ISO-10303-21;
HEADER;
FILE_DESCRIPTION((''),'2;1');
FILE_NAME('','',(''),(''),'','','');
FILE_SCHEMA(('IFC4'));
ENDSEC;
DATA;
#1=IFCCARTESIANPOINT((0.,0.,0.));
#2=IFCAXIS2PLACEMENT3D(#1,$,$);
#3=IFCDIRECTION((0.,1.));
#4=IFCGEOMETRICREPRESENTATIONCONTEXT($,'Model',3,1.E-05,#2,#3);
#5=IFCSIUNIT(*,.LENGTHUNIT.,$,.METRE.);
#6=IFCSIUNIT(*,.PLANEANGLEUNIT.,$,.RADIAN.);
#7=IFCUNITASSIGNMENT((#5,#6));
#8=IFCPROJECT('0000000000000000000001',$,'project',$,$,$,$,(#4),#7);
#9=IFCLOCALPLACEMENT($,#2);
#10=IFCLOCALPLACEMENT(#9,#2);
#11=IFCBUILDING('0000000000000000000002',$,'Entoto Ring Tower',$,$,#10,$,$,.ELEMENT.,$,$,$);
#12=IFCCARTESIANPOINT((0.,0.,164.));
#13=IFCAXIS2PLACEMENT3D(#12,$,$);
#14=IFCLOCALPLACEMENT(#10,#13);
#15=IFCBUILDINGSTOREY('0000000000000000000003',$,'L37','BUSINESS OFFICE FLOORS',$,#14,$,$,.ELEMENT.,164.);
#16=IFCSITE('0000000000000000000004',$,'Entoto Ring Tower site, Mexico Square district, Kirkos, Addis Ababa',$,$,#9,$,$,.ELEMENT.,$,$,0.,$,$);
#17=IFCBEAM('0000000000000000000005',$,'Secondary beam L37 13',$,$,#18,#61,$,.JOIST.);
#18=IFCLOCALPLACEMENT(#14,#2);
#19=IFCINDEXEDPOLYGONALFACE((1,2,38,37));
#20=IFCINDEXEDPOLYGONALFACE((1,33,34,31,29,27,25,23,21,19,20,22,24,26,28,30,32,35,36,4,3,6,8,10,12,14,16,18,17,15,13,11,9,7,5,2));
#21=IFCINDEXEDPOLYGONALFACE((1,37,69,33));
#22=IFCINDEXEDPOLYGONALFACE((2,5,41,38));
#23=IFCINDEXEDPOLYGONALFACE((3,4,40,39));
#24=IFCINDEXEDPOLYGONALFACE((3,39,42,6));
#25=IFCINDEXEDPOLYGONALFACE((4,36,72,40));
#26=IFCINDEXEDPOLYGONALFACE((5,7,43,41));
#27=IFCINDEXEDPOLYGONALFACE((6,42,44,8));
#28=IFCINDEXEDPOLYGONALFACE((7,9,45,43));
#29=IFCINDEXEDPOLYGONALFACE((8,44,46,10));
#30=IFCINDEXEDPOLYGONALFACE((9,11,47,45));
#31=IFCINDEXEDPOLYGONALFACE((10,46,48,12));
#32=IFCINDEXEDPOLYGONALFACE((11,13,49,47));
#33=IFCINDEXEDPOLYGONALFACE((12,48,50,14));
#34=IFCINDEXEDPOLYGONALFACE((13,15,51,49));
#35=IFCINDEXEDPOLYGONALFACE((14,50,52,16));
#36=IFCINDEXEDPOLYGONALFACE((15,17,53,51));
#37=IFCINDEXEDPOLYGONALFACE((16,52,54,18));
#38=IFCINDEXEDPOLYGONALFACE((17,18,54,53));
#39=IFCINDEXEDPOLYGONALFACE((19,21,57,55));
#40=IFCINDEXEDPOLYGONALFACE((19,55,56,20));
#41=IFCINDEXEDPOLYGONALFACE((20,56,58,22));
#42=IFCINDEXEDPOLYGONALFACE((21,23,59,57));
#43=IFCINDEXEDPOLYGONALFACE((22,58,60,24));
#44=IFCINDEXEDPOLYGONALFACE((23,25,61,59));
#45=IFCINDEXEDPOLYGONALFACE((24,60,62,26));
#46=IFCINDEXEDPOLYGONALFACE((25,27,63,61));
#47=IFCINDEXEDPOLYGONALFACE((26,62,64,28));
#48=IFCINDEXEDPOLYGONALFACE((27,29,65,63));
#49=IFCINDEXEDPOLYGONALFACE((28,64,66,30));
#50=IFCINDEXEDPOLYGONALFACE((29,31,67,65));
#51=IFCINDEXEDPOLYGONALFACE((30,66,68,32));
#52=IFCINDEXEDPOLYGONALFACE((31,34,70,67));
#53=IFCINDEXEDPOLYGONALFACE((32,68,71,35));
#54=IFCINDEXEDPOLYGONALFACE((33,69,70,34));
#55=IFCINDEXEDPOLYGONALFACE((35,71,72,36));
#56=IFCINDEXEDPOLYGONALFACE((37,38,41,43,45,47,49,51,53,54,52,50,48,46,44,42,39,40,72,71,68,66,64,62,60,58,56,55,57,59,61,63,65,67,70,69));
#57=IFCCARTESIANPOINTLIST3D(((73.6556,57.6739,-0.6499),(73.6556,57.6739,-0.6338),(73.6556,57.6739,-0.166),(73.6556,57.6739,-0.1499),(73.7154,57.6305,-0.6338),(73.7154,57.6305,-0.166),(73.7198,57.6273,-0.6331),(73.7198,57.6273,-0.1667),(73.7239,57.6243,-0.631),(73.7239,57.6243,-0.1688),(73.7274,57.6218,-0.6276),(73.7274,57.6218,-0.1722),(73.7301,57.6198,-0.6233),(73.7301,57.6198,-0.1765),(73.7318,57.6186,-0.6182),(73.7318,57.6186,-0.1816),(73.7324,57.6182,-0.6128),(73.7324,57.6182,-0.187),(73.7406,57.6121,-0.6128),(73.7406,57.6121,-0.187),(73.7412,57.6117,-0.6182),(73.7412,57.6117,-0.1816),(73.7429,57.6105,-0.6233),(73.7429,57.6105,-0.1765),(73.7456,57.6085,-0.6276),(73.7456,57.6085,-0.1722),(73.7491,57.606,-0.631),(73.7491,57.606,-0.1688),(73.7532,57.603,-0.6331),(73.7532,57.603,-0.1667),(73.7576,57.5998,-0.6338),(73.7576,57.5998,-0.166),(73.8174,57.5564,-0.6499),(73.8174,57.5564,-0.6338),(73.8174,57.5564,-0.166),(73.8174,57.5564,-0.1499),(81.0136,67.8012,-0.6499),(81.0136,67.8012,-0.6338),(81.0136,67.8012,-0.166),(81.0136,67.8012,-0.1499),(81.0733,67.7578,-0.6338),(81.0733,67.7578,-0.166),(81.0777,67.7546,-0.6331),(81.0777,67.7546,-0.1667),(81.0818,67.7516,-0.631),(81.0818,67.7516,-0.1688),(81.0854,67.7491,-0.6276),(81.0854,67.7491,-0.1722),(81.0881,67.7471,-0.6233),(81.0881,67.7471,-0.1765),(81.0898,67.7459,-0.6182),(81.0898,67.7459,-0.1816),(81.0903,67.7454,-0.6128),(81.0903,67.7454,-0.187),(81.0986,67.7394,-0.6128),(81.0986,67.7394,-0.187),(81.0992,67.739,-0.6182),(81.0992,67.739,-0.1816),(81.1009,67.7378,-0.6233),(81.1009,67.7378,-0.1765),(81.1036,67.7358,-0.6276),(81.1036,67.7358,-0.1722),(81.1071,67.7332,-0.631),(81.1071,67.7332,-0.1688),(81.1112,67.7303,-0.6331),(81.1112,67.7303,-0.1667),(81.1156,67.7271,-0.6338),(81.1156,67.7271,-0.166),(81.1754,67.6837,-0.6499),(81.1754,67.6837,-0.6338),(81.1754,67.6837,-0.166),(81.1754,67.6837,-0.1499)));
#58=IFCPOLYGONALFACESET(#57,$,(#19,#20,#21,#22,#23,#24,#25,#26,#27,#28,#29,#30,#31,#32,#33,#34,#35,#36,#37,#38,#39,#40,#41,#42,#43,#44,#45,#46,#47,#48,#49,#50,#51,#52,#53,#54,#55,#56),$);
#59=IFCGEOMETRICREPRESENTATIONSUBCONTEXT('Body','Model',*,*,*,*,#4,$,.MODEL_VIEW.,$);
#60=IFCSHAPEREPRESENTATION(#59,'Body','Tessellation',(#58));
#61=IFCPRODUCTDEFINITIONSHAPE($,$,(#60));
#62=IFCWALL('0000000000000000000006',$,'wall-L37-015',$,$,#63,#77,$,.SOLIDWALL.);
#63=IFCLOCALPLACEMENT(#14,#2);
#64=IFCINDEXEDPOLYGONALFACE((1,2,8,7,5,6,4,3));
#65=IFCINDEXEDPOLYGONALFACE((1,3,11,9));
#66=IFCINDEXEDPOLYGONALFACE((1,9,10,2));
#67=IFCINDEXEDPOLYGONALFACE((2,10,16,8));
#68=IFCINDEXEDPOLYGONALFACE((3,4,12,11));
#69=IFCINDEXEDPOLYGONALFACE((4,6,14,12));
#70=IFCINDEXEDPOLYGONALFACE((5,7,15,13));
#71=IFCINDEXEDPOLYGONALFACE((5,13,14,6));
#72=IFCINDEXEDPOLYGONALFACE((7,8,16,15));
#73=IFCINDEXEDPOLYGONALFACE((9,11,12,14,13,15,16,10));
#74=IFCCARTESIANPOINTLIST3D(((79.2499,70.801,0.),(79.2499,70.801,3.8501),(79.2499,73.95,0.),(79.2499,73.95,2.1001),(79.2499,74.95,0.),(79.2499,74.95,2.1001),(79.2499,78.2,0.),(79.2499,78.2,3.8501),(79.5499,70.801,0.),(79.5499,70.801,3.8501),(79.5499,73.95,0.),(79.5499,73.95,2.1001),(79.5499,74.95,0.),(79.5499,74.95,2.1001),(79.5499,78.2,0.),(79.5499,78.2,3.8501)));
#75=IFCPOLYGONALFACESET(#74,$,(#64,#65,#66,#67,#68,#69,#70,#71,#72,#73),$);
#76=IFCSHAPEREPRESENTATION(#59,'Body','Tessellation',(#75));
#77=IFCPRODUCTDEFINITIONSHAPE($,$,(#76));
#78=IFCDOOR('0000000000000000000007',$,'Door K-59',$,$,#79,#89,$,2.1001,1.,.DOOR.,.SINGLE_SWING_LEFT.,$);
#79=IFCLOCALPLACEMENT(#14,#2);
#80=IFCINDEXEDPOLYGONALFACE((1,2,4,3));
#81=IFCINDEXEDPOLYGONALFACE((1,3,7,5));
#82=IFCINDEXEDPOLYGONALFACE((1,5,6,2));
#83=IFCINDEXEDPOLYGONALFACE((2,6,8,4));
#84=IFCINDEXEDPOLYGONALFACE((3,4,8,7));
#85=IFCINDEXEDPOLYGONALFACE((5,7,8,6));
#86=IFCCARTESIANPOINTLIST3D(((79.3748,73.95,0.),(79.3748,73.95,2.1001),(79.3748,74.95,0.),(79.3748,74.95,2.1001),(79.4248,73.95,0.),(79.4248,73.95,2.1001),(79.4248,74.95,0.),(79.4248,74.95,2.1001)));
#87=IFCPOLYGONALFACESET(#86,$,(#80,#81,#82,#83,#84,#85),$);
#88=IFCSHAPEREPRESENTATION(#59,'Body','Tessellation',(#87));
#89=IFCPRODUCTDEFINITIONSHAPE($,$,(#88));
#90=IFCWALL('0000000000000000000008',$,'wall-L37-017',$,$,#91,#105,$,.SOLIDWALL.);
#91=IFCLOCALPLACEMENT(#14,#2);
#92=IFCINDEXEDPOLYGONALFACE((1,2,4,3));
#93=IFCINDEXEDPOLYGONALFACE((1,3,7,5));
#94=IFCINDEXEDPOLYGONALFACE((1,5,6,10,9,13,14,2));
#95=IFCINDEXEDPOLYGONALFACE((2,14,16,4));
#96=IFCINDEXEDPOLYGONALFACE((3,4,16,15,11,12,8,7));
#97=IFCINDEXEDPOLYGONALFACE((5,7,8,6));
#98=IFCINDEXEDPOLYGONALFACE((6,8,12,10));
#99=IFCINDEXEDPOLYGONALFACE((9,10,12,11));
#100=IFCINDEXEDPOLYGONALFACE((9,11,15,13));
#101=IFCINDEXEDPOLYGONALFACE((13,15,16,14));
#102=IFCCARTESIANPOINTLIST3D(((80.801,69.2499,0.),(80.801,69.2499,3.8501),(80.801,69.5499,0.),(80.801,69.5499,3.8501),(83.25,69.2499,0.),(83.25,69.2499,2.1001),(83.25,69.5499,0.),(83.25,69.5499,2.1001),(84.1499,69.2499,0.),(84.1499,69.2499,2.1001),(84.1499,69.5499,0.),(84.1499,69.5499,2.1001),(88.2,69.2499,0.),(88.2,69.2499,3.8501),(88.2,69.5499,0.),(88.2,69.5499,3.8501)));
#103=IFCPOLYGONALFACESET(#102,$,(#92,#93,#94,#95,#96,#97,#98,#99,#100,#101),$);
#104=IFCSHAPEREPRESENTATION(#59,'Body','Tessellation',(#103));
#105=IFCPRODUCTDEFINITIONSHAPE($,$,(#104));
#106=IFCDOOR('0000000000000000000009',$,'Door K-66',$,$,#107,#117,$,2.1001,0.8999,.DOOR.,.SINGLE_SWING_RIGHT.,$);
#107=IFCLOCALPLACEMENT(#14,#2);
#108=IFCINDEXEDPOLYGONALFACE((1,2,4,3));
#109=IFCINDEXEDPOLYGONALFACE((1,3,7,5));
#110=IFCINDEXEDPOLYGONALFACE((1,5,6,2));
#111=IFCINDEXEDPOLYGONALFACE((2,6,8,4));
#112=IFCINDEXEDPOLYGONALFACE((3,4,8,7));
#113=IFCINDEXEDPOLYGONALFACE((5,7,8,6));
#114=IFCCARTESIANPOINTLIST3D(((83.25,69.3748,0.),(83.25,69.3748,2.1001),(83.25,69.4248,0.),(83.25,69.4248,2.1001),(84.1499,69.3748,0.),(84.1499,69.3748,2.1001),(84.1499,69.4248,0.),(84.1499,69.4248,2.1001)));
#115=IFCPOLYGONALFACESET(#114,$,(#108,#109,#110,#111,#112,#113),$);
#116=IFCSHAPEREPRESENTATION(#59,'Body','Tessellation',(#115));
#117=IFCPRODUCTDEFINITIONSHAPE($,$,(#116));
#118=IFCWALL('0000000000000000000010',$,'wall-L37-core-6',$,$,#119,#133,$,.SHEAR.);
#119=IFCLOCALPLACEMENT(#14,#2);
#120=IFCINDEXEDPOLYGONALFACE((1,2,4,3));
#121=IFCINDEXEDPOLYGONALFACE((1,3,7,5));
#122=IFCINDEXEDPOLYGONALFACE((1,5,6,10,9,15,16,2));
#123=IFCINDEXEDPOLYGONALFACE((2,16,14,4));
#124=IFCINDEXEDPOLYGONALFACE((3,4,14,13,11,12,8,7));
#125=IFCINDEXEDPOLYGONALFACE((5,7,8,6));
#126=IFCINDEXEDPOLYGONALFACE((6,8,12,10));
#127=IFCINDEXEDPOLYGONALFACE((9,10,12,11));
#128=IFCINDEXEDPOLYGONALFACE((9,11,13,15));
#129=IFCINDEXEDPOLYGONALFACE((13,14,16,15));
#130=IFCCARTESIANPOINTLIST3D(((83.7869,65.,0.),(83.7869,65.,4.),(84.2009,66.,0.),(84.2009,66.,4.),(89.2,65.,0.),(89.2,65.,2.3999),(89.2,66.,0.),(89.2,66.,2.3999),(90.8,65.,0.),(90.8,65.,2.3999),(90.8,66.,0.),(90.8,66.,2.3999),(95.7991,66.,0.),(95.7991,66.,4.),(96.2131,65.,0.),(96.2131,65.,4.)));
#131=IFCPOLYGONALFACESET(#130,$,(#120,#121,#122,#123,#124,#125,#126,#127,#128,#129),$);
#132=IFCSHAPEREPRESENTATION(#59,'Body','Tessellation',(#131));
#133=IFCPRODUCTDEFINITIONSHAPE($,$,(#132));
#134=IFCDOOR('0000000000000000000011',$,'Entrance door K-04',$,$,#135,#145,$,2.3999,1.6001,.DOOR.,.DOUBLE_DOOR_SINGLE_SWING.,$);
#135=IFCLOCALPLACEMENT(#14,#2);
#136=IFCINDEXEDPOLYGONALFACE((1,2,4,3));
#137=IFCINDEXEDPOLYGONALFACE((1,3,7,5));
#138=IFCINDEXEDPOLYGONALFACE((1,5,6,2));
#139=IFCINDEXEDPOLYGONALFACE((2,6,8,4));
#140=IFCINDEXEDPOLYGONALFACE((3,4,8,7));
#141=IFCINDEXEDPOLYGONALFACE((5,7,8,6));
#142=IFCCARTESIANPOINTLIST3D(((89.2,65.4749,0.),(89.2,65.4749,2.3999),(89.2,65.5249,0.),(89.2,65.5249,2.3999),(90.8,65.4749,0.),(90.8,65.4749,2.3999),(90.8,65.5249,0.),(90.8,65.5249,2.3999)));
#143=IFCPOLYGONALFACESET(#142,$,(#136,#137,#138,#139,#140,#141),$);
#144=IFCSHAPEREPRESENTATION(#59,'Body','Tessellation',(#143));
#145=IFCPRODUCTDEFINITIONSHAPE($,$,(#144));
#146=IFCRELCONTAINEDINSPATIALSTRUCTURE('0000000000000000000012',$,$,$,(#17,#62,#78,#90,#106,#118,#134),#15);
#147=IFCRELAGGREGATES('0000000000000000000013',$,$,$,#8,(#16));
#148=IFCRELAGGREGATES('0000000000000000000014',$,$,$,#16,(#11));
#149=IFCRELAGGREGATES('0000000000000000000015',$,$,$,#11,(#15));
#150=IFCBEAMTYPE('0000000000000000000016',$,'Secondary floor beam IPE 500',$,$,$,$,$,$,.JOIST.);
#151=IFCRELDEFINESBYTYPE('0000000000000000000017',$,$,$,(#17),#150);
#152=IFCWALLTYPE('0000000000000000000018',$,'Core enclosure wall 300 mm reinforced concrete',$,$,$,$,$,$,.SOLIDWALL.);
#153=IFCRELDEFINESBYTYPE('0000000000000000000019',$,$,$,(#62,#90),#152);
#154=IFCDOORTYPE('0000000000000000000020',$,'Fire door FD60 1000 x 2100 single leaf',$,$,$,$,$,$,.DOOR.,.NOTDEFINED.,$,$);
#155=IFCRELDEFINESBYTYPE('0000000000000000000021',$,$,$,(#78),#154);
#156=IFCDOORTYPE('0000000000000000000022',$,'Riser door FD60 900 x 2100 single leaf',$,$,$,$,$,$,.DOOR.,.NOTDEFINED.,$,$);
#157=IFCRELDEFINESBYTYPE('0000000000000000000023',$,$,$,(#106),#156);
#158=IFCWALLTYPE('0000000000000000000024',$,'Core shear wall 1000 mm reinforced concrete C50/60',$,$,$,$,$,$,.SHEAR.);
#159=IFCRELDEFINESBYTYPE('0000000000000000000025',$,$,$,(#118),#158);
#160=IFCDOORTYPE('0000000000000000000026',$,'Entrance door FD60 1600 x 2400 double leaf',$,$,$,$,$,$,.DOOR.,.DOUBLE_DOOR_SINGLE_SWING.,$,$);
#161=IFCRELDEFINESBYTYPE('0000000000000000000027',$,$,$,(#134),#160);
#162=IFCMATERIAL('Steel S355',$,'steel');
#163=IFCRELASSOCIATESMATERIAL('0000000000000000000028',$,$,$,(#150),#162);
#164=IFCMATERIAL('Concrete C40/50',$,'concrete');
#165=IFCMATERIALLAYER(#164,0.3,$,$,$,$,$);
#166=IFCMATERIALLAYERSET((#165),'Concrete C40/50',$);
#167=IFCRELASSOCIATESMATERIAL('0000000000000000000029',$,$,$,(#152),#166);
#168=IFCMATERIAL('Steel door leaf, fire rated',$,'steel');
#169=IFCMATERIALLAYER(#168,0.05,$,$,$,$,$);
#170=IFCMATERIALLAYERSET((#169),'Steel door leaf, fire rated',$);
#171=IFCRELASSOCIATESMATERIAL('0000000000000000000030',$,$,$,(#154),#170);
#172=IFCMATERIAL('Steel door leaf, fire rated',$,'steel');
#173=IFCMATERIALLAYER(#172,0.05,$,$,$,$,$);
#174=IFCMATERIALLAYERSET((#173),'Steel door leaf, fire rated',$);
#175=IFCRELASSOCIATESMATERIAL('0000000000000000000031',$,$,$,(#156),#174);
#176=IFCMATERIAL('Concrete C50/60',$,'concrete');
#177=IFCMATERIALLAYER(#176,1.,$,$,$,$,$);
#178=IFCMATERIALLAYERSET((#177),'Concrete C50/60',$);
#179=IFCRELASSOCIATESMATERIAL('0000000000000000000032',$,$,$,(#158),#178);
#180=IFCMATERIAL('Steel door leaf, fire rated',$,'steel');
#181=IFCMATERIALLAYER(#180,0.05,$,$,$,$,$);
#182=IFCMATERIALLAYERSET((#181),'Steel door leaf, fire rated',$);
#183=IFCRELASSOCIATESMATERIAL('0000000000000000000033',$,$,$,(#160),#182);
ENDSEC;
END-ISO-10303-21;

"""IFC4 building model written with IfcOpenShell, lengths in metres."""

from ifc_helpers import new_model, si_unit, direction, frame, frame_2d, origin, origin_2d, place, context, subcontext, project, spatial, polyline, rectangle, i_section, outline, extrude, material, layer, layer_set, material_profile, profile_set, type_object, element, fill, save


model = new_model("IFC4")

# Units and contexts
model_context = context("Model", 3, precision=1e-05, world=origin(), true_north=direction((0.0, 1.0)))
body_context = subcontext(model_context, "Body", "Model", "MODEL_VIEW")
ifc_project = project(units=[si_unit("LENGTHUNIT", "METRE"), si_unit("PLANEANGLEUNIT", "RADIAN")], contexts=[model_context])

# Site, building, storey
site_placement = place(None, origin())
site = spatial("IfcSite", under=ifc_project, at=site_placement, Name="Entoto Ring Tower site, Mexico Square district, Kirkos, Addis Ababa", CompositionType="ELEMENT", RefElevation=0.0)
building_placement = place(site_placement, origin())
building = spatial("IfcBuilding", under=site, at=building_placement, Name="Entoto Ring Tower", CompositionType="ELEMENT")
storey_placement = place(building_placement, frame((0.0, 0.0, 164.0)))
storey = spatial("IfcBuildingStorey", under=building, at=storey_placement, Name="L37", Description="BUSINESS OFFICE FLOORS", CompositionType="ELEMENT", Elevation=164.0)

# Beam
ifc_material_1 = material(Name="Steel S355", Category="steel")
ifc_material_profile_1 = material_profile(ifc_material_1, i_section(OverallWidth=0.2, OverallDepth=0.5, WebThickness=0.0103, FlangeThickness=0.0161, FilletRadius=0.021, at=origin_2d()), Name="IPE 500")
ifc_profile_set_1 = profile_set([ifc_material_profile_1], Name="Steel S355")
beam_type_1 = type_object("IfcBeamType", Name="Secondary floor beam IPE 500", PredefinedType="JOIST", material=ifc_profile_set_1)
for number, where, z_axis, x_axis, name in (
    (1, (81.0945, 67.7424, -0.3999), (-0.587789, -0.809014, 0.0), (0.809014, -0.587789, 0.0), "Secondary beam L37 13"),
):
    element("IfcBeam", number, at=place(storey_placement, frame(where, z_axis=z_axis, x_axis=x_axis)), inside=storey, type_object=beam_type_1, Name=name, PredefinedType="JOIST", context=body_context, shape_type="SweptSolid", body=[
        extrude(i_section(OverallWidth=0.2, OverallDepth=0.5, WebThickness=0.0103, FlangeThickness=0.0161, FilletRadius=0.021, at=origin_2d()), origin(), (0.0, 0.0, 1.0), 12.5181),
    ])

# Walls, openings, doors
ifc_material_2 = material(Name="Concrete C40/50", Category="concrete")
ifc_layer_1 = layer(ifc_material_2, 0.3)
ifc_layer_set_1 = layer_set([ifc_layer_1], Name="Concrete C40/50")
wall_type_1 = type_object("IfcWallType", Name="Core enclosure wall 300 mm reinforced concrete", PredefinedType="SOLIDWALL", material=ifc_layer_set_1)
wall_1_placement = place(storey_placement, frame((79.3999, 70.801, 0.0), z_axis=(0.0, 0.0, 1.0), x_axis=(0.0, 1.0, 0.0)))
wall_1 = element("IfcWall", 2, at=wall_1_placement, inside=storey, type_object=wall_type_1, Name="wall-L37-015", PredefinedType="SOLIDWALL", context=body_context, shape_type="SweptSolid", body=[
    extrude(rectangle(XDim=7.3989, YDim=0.3, at=frame_2d((3.6995, 0.0))), origin(), (0.0, 0.0, 1.0), 3.8501),
])
opening_1_placement = place(wall_1_placement, frame((3.1489, 0.0, 0.0)))
opening_1 = element("IfcOpeningElement", 3, at=opening_1_placement, cuts=wall_1, PredefinedType="OPENING", context=body_context, shape_type="SweptSolid", body=[
    extrude(rectangle(XDim=1.0, YDim=2.1001, at=frame_2d((0.5, 1.05))), frame((0.0, 0.1602, 0.0), z_axis=(0.0, -1.0, 0.0), x_axis=(1.0, 0.0, 0.0)), (0.0, 0.0, 1.0), 0.3201),
])
ifc_material_3 = material(Name="Steel door leaf, fire rated", Category="steel")
ifc_layer_2 = layer(ifc_material_3, 0.05)
ifc_layer_set_2 = layer_set([ifc_layer_2], Name="Steel door leaf, fire rated")
door_type_1 = type_object("IfcDoorType", Name="Fire door FD60 1000 x 2100 single leaf", OperationType="NOTDEFINED", PredefinedType="DOOR", material=ifc_layer_set_2)
door_1_placement = place(opening_1_placement, frame((1.0, 0.0, 0.0), z_axis=(0.0, 0.0, 1.0), x_axis=(-1.0, 0.0, 0.0)))
door_1 = element("IfcDoor", 4, at=door_1_placement, inside=storey, type_object=door_type_1, Name="Door K-59", OperationType="SINGLE_SWING_LEFT", OverallHeight=2.1001, OverallWidth=1.0, PredefinedType="DOOR", context=body_context, shape_type="SweptSolid", body=[
    extrude(rectangle(XDim=1.0, YDim=2.1001, at=frame_2d((0.5, 1.05))), frame((0.0, 0.0249, 0.0), z_axis=(0.0, -1.0, 0.0), x_axis=(1.0, 0.0, 0.0)), (0.0, 0.0, 1.0), 0.05),
])
fill(opening_1, door_1)
wall_2_placement = place(storey_placement, frame((80.801, 69.3999, 0.0), z_axis=(0.0, 0.0, 1.0), x_axis=(1.0, 0.0, 0.0)))
wall_2 = element("IfcWall", 5, at=wall_2_placement, inside=storey, type_object=wall_type_1, Name="wall-L37-017", PredefinedType="SOLIDWALL", context=body_context, shape_type="SweptSolid", body=[
    extrude(rectangle(XDim=7.3989, YDim=0.3, at=frame_2d((3.6995, 0.0))), origin(), (0.0, 0.0, 1.0), 3.8501),
])
opening_2_placement = place(wall_2_placement, frame((2.449, 0.0, 0.0)))
opening_2 = element("IfcOpeningElement", 6, at=opening_2_placement, cuts=wall_2, PredefinedType="OPENING", context=body_context, shape_type="SweptSolid", body=[
    extrude(rectangle(XDim=0.8999, YDim=2.1001, at=frame_2d((0.45, 1.05))), frame((0.0, 0.1602, 0.0), z_axis=(0.0, -1.0, 0.0), x_axis=(1.0, 0.0, 0.0)), (0.0, 0.0, 1.0), 0.3201),
])
ifc_material_4 = material(Name="Steel door leaf, fire rated", Category="steel")
ifc_layer_3 = layer(ifc_material_4, 0.05)
ifc_layer_set_3 = layer_set([ifc_layer_3], Name="Steel door leaf, fire rated")
door_type_2 = type_object("IfcDoorType", Name="Riser door FD60 900 x 2100 single leaf", OperationType="NOTDEFINED", PredefinedType="DOOR", material=ifc_layer_set_3)
door_2_placement = place(opening_2_placement, origin())
door_2 = element("IfcDoor", 7, at=door_2_placement, inside=storey, type_object=door_type_2, Name="Door K-66", OperationType="SINGLE_SWING_RIGHT", OverallHeight=2.1001, OverallWidth=0.8999, PredefinedType="DOOR", context=body_context, shape_type="SweptSolid", body=[
    extrude(rectangle(XDim=0.8999, YDim=2.1001, at=frame_2d((0.45, 1.05))), frame((0.0, 0.0249, 0.0), z_axis=(0.0, -1.0, 0.0), x_axis=(1.0, 0.0, 0.0)), (0.0, 0.0, 1.0), 0.05),
])
fill(opening_2, door_2)
ifc_material_5 = material(Name="Concrete C50/60", Category="concrete")
ifc_layer_4 = layer(ifc_material_5, 1.0)
ifc_layer_set_4 = layer_set([ifc_layer_4], Name="Concrete C50/60")
wall_type_2 = type_object("IfcWallType", Name="Core shear wall 1000 mm reinforced concrete C50/60", PredefinedType="SHEAR", material=ifc_layer_set_4)
wall_3_placement = place(storey_placement, frame((83.9939, 65.5, 0.0), z_axis=(0.0, 0.0, 1.0), x_axis=(1.0, 0.0, 0.0)))
wall_3 = element("IfcWall", 8, at=wall_3_placement, inside=storey, type_object=wall_type_2, Name="wall-L37-core-6", PredefinedType="SHEAR", context=body_context, shape_type="SweptSolid", body=[
    extrude(outline(polyline([(-0.207, -0.5), (12.2192, -0.5), (11.8052, 0.5), (0.207, 0.5), (-0.207, -0.5)])), origin(), (0.0, 0.0, 1.0), 4.0),
])
opening_3_placement = place(wall_3_placement, frame((5.2061, 0.0, 0.0)))
opening_3 = element("IfcOpeningElement", 9, at=opening_3_placement, cuts=wall_3, PredefinedType="OPENING", context=body_context, shape_type="SweptSolid", body=[
    extrude(rectangle(XDim=1.6001, YDim=2.3999, at=frame_2d((0.8, 1.2))), frame((0.0, 0.51, 0.0), z_axis=(0.0, -1.0, 0.0), x_axis=(1.0, 0.0, 0.0)), (0.0, 0.0, 1.0), 1.02),
])
ifc_material_6 = material(Name="Steel door leaf, fire rated", Category="steel")
ifc_layer_5 = layer(ifc_material_6, 0.05)
ifc_layer_set_5 = layer_set([ifc_layer_5], Name="Steel door leaf, fire rated")
door_type_3 = type_object("IfcDoorType", Name="Entrance door FD60 1600 x 2400 double leaf", OperationType="DOUBLE_DOOR_SINGLE_SWING", PredefinedType="DOOR", material=ifc_layer_set_5)
door_3_placement = place(opening_3_placement, origin())
door_3 = element("IfcDoor", 10, at=door_3_placement, inside=storey, type_object=door_type_3, Name="Entrance door K-04", OperationType="DOUBLE_DOOR_SINGLE_SWING", OverallHeight=2.3999, OverallWidth=1.6001, PredefinedType="DOOR", context=body_context, shape_type="SweptSolid", body=[
    extrude(rectangle(XDim=1.6001, YDim=2.3999, at=frame_2d((0.8, 1.2))), frame((0.0, 0.0249, 0.0), z_axis=(0.0, -1.0, 0.0), x_axis=(1.0, 0.0, 0.0)), (0.0, 0.0, 1.0), 0.05),
])
fill(opening_3, door_3)

save(model, "model.ifc")
